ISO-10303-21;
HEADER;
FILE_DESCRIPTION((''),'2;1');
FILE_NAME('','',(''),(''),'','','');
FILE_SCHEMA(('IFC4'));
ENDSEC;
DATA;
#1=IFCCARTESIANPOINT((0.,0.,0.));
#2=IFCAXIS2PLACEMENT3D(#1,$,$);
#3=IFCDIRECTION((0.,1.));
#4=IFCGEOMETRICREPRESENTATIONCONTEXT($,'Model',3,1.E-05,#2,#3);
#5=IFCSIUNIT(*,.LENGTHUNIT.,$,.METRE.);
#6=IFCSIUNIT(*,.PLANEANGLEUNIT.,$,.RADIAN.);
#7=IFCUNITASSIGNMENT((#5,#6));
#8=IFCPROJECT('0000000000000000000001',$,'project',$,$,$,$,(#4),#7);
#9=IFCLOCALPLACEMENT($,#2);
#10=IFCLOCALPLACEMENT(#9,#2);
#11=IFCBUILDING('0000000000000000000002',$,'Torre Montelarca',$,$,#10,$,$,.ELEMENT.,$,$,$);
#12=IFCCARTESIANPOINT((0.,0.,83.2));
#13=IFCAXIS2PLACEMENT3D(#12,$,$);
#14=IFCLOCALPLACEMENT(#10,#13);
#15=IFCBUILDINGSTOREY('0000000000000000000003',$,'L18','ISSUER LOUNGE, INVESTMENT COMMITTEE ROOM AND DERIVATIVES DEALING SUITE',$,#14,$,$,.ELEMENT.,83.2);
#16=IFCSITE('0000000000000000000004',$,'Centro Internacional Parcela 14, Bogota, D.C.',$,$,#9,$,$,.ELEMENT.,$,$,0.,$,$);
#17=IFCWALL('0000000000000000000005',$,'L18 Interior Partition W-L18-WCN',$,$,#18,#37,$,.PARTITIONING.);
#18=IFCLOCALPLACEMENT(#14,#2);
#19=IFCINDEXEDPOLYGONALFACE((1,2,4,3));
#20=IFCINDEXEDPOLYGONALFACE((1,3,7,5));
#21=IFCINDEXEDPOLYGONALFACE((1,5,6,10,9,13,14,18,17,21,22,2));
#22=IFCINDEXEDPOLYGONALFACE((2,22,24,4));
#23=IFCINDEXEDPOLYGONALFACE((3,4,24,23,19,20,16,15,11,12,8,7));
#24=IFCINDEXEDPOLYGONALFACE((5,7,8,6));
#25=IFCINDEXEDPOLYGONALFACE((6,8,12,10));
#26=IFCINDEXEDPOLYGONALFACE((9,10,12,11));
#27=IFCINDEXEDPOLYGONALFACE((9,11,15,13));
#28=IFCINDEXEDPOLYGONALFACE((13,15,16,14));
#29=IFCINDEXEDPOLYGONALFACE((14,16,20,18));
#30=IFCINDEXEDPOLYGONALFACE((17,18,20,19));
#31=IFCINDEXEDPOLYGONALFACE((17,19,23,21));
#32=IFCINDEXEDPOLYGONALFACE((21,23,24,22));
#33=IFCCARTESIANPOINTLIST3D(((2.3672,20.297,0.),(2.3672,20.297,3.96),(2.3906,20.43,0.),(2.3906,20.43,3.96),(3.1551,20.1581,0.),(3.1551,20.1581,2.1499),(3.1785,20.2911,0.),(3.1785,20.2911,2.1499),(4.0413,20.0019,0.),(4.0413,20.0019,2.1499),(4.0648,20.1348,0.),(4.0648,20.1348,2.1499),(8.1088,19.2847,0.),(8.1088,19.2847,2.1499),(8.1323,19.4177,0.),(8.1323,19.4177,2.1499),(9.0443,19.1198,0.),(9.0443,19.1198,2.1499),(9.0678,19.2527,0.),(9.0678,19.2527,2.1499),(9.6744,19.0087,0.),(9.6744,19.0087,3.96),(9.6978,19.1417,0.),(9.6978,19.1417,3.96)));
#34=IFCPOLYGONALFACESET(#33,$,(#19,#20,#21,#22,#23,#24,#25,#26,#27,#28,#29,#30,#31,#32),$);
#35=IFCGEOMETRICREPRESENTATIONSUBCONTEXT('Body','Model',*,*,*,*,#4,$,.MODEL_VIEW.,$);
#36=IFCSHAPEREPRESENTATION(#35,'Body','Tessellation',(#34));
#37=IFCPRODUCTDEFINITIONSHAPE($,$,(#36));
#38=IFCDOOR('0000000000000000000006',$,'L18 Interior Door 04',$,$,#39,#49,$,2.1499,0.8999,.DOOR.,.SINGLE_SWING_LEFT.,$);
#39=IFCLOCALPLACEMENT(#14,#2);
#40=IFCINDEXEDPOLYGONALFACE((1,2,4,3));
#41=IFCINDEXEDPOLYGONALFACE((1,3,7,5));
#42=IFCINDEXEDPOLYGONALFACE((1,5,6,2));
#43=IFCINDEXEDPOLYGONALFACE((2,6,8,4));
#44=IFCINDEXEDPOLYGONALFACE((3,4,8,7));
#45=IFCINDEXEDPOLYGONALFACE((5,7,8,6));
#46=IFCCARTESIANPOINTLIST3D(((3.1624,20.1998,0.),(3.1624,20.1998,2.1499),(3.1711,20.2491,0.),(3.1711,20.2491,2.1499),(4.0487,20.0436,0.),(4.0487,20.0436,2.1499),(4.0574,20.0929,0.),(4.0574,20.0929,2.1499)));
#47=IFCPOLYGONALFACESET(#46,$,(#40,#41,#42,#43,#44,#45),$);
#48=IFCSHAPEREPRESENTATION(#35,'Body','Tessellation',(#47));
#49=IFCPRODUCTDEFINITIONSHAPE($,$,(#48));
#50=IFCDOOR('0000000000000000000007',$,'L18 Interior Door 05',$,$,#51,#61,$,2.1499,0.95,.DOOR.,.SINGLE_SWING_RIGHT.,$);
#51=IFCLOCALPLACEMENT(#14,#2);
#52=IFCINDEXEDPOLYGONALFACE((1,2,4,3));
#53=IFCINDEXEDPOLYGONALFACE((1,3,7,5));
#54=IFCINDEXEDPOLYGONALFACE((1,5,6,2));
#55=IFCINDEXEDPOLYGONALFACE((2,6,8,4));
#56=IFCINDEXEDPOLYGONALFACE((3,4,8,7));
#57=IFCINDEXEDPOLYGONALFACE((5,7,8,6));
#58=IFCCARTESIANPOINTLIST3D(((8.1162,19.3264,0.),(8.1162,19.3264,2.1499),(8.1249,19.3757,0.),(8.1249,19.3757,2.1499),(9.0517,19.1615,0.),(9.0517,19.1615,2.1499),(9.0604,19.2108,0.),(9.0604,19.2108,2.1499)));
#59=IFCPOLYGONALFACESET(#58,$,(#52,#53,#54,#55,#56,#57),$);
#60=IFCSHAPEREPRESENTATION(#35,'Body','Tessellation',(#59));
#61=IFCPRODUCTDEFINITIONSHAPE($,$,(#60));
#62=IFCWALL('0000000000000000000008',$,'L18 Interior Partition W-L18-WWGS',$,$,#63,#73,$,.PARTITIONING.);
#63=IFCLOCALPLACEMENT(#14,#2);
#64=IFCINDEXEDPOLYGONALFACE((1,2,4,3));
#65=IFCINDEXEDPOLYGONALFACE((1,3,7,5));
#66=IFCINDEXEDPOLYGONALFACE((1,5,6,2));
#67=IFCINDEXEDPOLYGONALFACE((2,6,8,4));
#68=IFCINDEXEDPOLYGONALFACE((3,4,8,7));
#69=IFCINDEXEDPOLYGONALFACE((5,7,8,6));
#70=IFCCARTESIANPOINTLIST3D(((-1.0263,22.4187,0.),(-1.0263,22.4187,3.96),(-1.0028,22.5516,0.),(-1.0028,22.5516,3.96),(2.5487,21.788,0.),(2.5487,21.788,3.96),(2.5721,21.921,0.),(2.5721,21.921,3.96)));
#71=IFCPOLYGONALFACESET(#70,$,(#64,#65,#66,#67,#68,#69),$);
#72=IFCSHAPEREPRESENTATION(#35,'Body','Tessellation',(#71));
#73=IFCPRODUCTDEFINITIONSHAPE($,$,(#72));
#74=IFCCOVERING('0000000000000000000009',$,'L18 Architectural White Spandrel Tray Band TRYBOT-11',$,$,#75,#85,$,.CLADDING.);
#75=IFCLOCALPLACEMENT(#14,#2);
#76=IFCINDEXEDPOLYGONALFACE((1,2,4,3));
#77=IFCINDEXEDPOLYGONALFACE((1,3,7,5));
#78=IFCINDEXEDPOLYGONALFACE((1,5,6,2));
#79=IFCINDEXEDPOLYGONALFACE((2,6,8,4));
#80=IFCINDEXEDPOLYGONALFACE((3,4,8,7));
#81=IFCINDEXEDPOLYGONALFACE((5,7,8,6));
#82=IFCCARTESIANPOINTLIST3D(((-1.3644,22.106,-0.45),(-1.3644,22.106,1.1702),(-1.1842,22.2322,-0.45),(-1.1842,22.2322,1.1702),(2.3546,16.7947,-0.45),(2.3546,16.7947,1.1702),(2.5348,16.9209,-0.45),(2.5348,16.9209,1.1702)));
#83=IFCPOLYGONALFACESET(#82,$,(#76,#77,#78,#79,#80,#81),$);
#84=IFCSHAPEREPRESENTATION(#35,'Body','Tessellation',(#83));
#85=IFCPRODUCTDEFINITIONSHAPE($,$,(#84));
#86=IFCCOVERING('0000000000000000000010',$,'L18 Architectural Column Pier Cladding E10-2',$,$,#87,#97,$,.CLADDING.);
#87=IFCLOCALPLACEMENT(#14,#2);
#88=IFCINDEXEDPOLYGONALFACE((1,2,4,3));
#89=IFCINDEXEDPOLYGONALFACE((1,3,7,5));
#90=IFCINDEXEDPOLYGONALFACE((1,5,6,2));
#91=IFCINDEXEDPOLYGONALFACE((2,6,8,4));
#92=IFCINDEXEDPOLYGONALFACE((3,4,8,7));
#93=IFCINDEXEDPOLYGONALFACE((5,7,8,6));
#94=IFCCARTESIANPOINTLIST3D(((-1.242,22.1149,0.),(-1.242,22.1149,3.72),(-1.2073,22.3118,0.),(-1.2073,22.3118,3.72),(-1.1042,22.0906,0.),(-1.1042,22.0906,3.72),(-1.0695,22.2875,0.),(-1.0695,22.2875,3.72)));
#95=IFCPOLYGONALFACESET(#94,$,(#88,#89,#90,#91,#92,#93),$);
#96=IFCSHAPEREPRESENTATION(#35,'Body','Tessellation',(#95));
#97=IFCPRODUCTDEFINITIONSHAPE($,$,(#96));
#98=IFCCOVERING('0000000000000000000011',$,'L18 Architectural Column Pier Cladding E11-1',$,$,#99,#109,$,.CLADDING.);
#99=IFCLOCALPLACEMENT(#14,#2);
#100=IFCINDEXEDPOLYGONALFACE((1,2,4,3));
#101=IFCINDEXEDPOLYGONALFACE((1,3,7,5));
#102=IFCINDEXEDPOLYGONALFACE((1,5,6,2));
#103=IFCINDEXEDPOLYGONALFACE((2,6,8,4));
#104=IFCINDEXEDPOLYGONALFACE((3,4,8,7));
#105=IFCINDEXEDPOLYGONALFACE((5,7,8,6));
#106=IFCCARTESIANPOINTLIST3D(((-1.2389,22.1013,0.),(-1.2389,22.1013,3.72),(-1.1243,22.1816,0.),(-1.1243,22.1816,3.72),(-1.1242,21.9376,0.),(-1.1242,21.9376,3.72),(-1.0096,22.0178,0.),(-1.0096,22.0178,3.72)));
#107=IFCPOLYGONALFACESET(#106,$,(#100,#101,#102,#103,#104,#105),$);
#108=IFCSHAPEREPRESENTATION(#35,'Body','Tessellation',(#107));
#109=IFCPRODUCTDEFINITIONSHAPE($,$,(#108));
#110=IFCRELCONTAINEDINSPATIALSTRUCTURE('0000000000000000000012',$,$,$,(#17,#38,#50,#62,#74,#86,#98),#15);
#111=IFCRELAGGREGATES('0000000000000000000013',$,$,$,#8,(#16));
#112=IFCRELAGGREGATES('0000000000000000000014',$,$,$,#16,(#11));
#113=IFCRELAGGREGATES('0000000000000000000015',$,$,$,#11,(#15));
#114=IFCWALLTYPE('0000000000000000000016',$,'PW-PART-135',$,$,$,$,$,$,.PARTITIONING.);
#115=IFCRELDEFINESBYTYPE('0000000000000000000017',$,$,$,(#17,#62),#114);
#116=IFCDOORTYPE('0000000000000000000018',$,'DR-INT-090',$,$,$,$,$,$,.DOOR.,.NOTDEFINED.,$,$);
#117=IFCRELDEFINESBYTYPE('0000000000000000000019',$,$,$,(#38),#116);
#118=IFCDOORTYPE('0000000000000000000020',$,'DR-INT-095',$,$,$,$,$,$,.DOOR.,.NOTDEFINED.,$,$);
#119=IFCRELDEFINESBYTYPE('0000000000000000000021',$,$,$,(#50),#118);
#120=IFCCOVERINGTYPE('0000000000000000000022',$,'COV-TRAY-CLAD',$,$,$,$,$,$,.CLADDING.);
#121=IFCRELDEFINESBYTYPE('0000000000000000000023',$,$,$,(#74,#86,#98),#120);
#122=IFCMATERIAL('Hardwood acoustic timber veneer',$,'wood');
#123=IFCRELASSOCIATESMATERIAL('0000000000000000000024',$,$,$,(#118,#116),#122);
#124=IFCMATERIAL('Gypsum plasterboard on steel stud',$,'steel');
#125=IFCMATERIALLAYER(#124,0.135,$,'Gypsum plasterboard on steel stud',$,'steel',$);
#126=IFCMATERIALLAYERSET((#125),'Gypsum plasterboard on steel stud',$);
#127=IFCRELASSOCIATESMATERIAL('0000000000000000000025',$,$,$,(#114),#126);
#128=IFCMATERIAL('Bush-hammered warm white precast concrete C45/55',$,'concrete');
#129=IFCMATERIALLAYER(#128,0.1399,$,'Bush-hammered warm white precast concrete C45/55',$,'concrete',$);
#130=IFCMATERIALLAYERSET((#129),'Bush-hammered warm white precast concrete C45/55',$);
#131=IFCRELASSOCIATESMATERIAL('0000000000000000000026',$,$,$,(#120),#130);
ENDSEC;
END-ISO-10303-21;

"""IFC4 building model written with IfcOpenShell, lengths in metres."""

from ifc_helpers import new_model, si_unit, direction, frame, frame_2d, origin, origin_2d, place, context, subcontext, project, spatial, rectangle, extrude, source, transform, mapped, material, layer, layer_set, type_object, element, fill, save


model = new_model("IFC4")

# Units and contexts
model_context = context("Model", 3, precision=1e-05, world=origin(), true_north=direction((0.0, 1.0)))
body_context = subcontext(model_context, "Body", "Model", "MODEL_VIEW")
ifc_project = project(units=[si_unit("LENGTHUNIT", "METRE"), si_unit("PLANEANGLEUNIT", "RADIAN")], contexts=[model_context])

# Site, building, storey
site_placement = place(None, origin())
site = spatial("IfcSite", under=ifc_project, at=site_placement, Name="Centro Internacional Parcela 14, Bogota, D.C.", CompositionType="ELEMENT", RefElevation=0.0)
building_placement = place(site_placement, origin())
building = spatial("IfcBuilding", under=site, at=building_placement, Name="Torre Montelarca", CompositionType="ELEMENT")
storey_placement = place(building_placement, frame((0.0, 0.0, 83.2)))
storey = spatial("IfcBuildingStorey", under=building, at=storey_placement, Name="L18", Description="ISSUER LOUNGE, INVESTMENT COMMITTEE ROOM AND DERIVATIVES DEALING SUITE", CompositionType="ELEMENT", Elevation=83.2)

# Shared definitions
ifc_material_1 = material(Name="Gypsum plasterboard on steel stud", Category="steel")

# Shared definitions
ifc_material_2 = material(Name="Hardwood acoustic timber veneer", Category="wood")
door_type_1 = type_object("IfcDoorType", Name="DR-INT-095", OperationType="NOTDEFINED", PredefinedType="DOOR", material=ifc_material_2)
shared_shape_1 = source(origin(), body_context, "Body", "SweptSolid", [
    extrude(rectangle(XDim=0.95, YDim=2.1499, at=frame_2d((0.4751, 1.075))), frame((0.0, 0.0249, 0.0), z_axis=(0.0, -1.0, 0.0), x_axis=(1.0, 0.0, 0.0)), (0.0, 0.0, 1.0), 0.05),
])

# Wall, openings, doors
ifc_layer_1 = layer(ifc_material_1, 0.135, Name="Gypsum plasterboard on steel stud", Category="steel")
ifc_layer_set_1 = layer_set([ifc_layer_1], Name="Gypsum plasterboard on steel stud")
wall_type_1 = type_object("IfcWallType", Name="PW-PART-135", PredefinedType="PARTITIONING", material=ifc_layer_set_1)
wall_1_placement = place(storey_placement, frame((2.3789, 20.3635, 0.0), z_axis=(0.0, 0.0, 1.0), x_axis=(0.98481, -0.173633, 0.0)))
wall_1 = element("IfcWall", 1, at=wall_1_placement, inside=storey, type_object=wall_type_1, Name="L18 Interior Partition W-L18-WCN", PredefinedType="PARTITIONING", context=body_context, shape_type="SweptSolid", body=[
    extrude(rectangle(XDim=7.4199, YDim=0.135, at=frame_2d((3.71, 0.0))), origin(), (0.0, 0.0, 1.0), 3.96),
])
opening_1_placement = place(wall_1_placement, frame((0.8, 0.0, 0.0)))
opening_1 = element("IfcOpeningElement", 2, at=opening_1_placement, cuts=wall_1, PredefinedType="OPENING", context=body_context, shape_type="SweptSolid", body=[
    extrude(rectangle(XDim=0.8999, YDim=2.1499, at=frame_2d((0.45, 1.075))), frame((0.0, 0.0776, 0.0), z_axis=(0.0, -1.0, 0.0), x_axis=(1.0, 0.0, 0.0)), (0.0, 0.0, 1.0), 0.155),
])
opening_2_placement = place(wall_1_placement, frame((5.8301, 0.0, 0.0)))
opening_2 = element("IfcOpeningElement", 3, at=opening_2_placement, cuts=wall_1, PredefinedType="OPENING", context=body_context, shape_type="SweptSolid", body=[
    extrude(rectangle(XDim=0.95, YDim=2.1499, at=frame_2d((0.4751, 1.075))), frame((0.0, 0.0776, 0.0), z_axis=(0.0, -1.0, 0.0), x_axis=(1.0, 0.0, 0.0)), (0.0, 0.0, 1.0), 0.155),
])
door_type_2 = type_object("IfcDoorType", Name="DR-INT-090", OperationType="NOTDEFINED", PredefinedType="DOOR", material=ifc_material_2)
shared_shape_2 = source(origin(), body_context, "Body", "SweptSolid", [
    extrude(rectangle(XDim=0.8999, YDim=2.1499, at=frame_2d((0.45, 1.075))), frame((0.0, 0.0249, 0.0), z_axis=(0.0, -1.0, 0.0), x_axis=(1.0, 0.0, 0.0)), (0.0, 0.0, 1.0), 0.05),
])
door_1_placement = place(opening_1_placement, origin())
door_1 = element("IfcDoor", 4, at=door_1_placement, inside=storey, type_object=door_type_2, Name="L18 Interior Door 04", OperationType="SINGLE_SWING_LEFT", OverallHeight=2.1499, OverallWidth=0.8999, PredefinedType="DOOR", context=body_context, shape_type="MappedRepresentation", body=[
    mapped(shared_shape_2, transform((0.0, 0.0, 0.0), scale=1.0)),
])
fill(opening_1, door_1)
door_2_placement = place(opening_2_placement, origin())
door_2 = element("IfcDoor", 5, at=door_2_placement, inside=storey, type_object=door_type_1, Name="L18 Interior Door 05", OperationType="SINGLE_SWING_RIGHT", OverallHeight=2.1499, OverallWidth=0.95, PredefinedType="DOOR", context=body_context, shape_type="MappedRepresentation", body=[
    mapped(shared_shape_1, transform((0.0, 0.0, 0.0), scale=1.0)),
])
fill(opening_2, door_2)

# Wall
wall_2_placement = place(storey_placement, frame((-1.0144, 22.4851, 0.0), z_axis=(0.0, 0.0, 1.0), x_axis=(0.984796, -0.173716, 0.0)))
element("IfcWall", 6, at=wall_2_placement, inside=storey, type_object=wall_type_1, Name="L18 Interior Partition W-L18-WWGS", PredefinedType="PARTITIONING", context=body_context, shape_type="SweptSolid", body=[
    extrude(rectangle(XDim=3.6301, YDim=0.135, at=frame_2d((1.8149, 0.0))), origin(), (0.0, 0.0, 1.0), 3.96),
])

# Coverings
ifc_material_3 = material(Name="Bush-hammered warm white precast concrete C45/55", Category="concrete")
ifc_layer_2 = layer(ifc_material_3, 0.1399, Name="Bush-hammered warm white precast concrete C45/55", Category="concrete")
ifc_layer_set_2 = layer_set([ifc_layer_2], Name="Bush-hammered warm white precast concrete C45/55")
covering_type = type_object("IfcCoveringType", Name="COV-TRAY-CLAD", PredefinedType="CLADDING", material=ifc_layer_set_2)
shared_shape_3 = source(origin(), body_context, "Body", "SweptSolid", [
    extrude(rectangle(XDim=6.4839, YDim=0.22, at=origin_2d()), origin(), (0.0, 0.0, 1.0), 1.6201),
])
covering_placement = place(storey_placement, frame((0.5852, 19.5134, -0.45), z_axis=(0.0, 0.0, 1.0), x_axis=(0.573571, -0.819156, 0.0)))
element("IfcCovering", 7, at=covering_placement, inside=storey, type_object=covering_type, Name="L18 Architectural White Spandrel Tray Band TRYBOT-11", PredefinedType="CLADDING", context=body_context, shape_type="MappedRepresentation", body=[
    mapped(shared_shape_3, transform((0.0, 0.0, 0.0), scale=1.0)),
])
shared_shape_4 = source(origin(), body_context, "Body", "SweptSolid", [
    extrude(rectangle(XDim=0.2, YDim=0.1399, at=origin_2d()), origin(), (0.0, 0.0, 1.0), 3.72),
])
for number, where, z_axis, x_axis, name in (
    (8, (-1.1558, 22.2012, 0.0), (0.0, 0.0, 1.0), (-0.173648, -0.984808, 0.0), "L18 Architectural Column Pier Cladding E10-2"),
    (9, (-1.1243, 22.0596, 0.0), (0.0, 0.0, 1.0), (0.573558, -0.819165, 0.0), "L18 Architectural Column Pier Cladding E11-1"),
):
    element("IfcCovering", number, at=place(storey_placement, frame(where, z_axis=z_axis, x_axis=x_axis)), inside=storey, type_object=covering_type, Name=name, PredefinedType="CLADDING", context=body_context, shape_type="MappedRepresentation", body=[
        mapped(shared_shape_4, transform((0.0, 0.0, 0.0), scale=1.0)),
    ])

save(model, "model.ifc")
